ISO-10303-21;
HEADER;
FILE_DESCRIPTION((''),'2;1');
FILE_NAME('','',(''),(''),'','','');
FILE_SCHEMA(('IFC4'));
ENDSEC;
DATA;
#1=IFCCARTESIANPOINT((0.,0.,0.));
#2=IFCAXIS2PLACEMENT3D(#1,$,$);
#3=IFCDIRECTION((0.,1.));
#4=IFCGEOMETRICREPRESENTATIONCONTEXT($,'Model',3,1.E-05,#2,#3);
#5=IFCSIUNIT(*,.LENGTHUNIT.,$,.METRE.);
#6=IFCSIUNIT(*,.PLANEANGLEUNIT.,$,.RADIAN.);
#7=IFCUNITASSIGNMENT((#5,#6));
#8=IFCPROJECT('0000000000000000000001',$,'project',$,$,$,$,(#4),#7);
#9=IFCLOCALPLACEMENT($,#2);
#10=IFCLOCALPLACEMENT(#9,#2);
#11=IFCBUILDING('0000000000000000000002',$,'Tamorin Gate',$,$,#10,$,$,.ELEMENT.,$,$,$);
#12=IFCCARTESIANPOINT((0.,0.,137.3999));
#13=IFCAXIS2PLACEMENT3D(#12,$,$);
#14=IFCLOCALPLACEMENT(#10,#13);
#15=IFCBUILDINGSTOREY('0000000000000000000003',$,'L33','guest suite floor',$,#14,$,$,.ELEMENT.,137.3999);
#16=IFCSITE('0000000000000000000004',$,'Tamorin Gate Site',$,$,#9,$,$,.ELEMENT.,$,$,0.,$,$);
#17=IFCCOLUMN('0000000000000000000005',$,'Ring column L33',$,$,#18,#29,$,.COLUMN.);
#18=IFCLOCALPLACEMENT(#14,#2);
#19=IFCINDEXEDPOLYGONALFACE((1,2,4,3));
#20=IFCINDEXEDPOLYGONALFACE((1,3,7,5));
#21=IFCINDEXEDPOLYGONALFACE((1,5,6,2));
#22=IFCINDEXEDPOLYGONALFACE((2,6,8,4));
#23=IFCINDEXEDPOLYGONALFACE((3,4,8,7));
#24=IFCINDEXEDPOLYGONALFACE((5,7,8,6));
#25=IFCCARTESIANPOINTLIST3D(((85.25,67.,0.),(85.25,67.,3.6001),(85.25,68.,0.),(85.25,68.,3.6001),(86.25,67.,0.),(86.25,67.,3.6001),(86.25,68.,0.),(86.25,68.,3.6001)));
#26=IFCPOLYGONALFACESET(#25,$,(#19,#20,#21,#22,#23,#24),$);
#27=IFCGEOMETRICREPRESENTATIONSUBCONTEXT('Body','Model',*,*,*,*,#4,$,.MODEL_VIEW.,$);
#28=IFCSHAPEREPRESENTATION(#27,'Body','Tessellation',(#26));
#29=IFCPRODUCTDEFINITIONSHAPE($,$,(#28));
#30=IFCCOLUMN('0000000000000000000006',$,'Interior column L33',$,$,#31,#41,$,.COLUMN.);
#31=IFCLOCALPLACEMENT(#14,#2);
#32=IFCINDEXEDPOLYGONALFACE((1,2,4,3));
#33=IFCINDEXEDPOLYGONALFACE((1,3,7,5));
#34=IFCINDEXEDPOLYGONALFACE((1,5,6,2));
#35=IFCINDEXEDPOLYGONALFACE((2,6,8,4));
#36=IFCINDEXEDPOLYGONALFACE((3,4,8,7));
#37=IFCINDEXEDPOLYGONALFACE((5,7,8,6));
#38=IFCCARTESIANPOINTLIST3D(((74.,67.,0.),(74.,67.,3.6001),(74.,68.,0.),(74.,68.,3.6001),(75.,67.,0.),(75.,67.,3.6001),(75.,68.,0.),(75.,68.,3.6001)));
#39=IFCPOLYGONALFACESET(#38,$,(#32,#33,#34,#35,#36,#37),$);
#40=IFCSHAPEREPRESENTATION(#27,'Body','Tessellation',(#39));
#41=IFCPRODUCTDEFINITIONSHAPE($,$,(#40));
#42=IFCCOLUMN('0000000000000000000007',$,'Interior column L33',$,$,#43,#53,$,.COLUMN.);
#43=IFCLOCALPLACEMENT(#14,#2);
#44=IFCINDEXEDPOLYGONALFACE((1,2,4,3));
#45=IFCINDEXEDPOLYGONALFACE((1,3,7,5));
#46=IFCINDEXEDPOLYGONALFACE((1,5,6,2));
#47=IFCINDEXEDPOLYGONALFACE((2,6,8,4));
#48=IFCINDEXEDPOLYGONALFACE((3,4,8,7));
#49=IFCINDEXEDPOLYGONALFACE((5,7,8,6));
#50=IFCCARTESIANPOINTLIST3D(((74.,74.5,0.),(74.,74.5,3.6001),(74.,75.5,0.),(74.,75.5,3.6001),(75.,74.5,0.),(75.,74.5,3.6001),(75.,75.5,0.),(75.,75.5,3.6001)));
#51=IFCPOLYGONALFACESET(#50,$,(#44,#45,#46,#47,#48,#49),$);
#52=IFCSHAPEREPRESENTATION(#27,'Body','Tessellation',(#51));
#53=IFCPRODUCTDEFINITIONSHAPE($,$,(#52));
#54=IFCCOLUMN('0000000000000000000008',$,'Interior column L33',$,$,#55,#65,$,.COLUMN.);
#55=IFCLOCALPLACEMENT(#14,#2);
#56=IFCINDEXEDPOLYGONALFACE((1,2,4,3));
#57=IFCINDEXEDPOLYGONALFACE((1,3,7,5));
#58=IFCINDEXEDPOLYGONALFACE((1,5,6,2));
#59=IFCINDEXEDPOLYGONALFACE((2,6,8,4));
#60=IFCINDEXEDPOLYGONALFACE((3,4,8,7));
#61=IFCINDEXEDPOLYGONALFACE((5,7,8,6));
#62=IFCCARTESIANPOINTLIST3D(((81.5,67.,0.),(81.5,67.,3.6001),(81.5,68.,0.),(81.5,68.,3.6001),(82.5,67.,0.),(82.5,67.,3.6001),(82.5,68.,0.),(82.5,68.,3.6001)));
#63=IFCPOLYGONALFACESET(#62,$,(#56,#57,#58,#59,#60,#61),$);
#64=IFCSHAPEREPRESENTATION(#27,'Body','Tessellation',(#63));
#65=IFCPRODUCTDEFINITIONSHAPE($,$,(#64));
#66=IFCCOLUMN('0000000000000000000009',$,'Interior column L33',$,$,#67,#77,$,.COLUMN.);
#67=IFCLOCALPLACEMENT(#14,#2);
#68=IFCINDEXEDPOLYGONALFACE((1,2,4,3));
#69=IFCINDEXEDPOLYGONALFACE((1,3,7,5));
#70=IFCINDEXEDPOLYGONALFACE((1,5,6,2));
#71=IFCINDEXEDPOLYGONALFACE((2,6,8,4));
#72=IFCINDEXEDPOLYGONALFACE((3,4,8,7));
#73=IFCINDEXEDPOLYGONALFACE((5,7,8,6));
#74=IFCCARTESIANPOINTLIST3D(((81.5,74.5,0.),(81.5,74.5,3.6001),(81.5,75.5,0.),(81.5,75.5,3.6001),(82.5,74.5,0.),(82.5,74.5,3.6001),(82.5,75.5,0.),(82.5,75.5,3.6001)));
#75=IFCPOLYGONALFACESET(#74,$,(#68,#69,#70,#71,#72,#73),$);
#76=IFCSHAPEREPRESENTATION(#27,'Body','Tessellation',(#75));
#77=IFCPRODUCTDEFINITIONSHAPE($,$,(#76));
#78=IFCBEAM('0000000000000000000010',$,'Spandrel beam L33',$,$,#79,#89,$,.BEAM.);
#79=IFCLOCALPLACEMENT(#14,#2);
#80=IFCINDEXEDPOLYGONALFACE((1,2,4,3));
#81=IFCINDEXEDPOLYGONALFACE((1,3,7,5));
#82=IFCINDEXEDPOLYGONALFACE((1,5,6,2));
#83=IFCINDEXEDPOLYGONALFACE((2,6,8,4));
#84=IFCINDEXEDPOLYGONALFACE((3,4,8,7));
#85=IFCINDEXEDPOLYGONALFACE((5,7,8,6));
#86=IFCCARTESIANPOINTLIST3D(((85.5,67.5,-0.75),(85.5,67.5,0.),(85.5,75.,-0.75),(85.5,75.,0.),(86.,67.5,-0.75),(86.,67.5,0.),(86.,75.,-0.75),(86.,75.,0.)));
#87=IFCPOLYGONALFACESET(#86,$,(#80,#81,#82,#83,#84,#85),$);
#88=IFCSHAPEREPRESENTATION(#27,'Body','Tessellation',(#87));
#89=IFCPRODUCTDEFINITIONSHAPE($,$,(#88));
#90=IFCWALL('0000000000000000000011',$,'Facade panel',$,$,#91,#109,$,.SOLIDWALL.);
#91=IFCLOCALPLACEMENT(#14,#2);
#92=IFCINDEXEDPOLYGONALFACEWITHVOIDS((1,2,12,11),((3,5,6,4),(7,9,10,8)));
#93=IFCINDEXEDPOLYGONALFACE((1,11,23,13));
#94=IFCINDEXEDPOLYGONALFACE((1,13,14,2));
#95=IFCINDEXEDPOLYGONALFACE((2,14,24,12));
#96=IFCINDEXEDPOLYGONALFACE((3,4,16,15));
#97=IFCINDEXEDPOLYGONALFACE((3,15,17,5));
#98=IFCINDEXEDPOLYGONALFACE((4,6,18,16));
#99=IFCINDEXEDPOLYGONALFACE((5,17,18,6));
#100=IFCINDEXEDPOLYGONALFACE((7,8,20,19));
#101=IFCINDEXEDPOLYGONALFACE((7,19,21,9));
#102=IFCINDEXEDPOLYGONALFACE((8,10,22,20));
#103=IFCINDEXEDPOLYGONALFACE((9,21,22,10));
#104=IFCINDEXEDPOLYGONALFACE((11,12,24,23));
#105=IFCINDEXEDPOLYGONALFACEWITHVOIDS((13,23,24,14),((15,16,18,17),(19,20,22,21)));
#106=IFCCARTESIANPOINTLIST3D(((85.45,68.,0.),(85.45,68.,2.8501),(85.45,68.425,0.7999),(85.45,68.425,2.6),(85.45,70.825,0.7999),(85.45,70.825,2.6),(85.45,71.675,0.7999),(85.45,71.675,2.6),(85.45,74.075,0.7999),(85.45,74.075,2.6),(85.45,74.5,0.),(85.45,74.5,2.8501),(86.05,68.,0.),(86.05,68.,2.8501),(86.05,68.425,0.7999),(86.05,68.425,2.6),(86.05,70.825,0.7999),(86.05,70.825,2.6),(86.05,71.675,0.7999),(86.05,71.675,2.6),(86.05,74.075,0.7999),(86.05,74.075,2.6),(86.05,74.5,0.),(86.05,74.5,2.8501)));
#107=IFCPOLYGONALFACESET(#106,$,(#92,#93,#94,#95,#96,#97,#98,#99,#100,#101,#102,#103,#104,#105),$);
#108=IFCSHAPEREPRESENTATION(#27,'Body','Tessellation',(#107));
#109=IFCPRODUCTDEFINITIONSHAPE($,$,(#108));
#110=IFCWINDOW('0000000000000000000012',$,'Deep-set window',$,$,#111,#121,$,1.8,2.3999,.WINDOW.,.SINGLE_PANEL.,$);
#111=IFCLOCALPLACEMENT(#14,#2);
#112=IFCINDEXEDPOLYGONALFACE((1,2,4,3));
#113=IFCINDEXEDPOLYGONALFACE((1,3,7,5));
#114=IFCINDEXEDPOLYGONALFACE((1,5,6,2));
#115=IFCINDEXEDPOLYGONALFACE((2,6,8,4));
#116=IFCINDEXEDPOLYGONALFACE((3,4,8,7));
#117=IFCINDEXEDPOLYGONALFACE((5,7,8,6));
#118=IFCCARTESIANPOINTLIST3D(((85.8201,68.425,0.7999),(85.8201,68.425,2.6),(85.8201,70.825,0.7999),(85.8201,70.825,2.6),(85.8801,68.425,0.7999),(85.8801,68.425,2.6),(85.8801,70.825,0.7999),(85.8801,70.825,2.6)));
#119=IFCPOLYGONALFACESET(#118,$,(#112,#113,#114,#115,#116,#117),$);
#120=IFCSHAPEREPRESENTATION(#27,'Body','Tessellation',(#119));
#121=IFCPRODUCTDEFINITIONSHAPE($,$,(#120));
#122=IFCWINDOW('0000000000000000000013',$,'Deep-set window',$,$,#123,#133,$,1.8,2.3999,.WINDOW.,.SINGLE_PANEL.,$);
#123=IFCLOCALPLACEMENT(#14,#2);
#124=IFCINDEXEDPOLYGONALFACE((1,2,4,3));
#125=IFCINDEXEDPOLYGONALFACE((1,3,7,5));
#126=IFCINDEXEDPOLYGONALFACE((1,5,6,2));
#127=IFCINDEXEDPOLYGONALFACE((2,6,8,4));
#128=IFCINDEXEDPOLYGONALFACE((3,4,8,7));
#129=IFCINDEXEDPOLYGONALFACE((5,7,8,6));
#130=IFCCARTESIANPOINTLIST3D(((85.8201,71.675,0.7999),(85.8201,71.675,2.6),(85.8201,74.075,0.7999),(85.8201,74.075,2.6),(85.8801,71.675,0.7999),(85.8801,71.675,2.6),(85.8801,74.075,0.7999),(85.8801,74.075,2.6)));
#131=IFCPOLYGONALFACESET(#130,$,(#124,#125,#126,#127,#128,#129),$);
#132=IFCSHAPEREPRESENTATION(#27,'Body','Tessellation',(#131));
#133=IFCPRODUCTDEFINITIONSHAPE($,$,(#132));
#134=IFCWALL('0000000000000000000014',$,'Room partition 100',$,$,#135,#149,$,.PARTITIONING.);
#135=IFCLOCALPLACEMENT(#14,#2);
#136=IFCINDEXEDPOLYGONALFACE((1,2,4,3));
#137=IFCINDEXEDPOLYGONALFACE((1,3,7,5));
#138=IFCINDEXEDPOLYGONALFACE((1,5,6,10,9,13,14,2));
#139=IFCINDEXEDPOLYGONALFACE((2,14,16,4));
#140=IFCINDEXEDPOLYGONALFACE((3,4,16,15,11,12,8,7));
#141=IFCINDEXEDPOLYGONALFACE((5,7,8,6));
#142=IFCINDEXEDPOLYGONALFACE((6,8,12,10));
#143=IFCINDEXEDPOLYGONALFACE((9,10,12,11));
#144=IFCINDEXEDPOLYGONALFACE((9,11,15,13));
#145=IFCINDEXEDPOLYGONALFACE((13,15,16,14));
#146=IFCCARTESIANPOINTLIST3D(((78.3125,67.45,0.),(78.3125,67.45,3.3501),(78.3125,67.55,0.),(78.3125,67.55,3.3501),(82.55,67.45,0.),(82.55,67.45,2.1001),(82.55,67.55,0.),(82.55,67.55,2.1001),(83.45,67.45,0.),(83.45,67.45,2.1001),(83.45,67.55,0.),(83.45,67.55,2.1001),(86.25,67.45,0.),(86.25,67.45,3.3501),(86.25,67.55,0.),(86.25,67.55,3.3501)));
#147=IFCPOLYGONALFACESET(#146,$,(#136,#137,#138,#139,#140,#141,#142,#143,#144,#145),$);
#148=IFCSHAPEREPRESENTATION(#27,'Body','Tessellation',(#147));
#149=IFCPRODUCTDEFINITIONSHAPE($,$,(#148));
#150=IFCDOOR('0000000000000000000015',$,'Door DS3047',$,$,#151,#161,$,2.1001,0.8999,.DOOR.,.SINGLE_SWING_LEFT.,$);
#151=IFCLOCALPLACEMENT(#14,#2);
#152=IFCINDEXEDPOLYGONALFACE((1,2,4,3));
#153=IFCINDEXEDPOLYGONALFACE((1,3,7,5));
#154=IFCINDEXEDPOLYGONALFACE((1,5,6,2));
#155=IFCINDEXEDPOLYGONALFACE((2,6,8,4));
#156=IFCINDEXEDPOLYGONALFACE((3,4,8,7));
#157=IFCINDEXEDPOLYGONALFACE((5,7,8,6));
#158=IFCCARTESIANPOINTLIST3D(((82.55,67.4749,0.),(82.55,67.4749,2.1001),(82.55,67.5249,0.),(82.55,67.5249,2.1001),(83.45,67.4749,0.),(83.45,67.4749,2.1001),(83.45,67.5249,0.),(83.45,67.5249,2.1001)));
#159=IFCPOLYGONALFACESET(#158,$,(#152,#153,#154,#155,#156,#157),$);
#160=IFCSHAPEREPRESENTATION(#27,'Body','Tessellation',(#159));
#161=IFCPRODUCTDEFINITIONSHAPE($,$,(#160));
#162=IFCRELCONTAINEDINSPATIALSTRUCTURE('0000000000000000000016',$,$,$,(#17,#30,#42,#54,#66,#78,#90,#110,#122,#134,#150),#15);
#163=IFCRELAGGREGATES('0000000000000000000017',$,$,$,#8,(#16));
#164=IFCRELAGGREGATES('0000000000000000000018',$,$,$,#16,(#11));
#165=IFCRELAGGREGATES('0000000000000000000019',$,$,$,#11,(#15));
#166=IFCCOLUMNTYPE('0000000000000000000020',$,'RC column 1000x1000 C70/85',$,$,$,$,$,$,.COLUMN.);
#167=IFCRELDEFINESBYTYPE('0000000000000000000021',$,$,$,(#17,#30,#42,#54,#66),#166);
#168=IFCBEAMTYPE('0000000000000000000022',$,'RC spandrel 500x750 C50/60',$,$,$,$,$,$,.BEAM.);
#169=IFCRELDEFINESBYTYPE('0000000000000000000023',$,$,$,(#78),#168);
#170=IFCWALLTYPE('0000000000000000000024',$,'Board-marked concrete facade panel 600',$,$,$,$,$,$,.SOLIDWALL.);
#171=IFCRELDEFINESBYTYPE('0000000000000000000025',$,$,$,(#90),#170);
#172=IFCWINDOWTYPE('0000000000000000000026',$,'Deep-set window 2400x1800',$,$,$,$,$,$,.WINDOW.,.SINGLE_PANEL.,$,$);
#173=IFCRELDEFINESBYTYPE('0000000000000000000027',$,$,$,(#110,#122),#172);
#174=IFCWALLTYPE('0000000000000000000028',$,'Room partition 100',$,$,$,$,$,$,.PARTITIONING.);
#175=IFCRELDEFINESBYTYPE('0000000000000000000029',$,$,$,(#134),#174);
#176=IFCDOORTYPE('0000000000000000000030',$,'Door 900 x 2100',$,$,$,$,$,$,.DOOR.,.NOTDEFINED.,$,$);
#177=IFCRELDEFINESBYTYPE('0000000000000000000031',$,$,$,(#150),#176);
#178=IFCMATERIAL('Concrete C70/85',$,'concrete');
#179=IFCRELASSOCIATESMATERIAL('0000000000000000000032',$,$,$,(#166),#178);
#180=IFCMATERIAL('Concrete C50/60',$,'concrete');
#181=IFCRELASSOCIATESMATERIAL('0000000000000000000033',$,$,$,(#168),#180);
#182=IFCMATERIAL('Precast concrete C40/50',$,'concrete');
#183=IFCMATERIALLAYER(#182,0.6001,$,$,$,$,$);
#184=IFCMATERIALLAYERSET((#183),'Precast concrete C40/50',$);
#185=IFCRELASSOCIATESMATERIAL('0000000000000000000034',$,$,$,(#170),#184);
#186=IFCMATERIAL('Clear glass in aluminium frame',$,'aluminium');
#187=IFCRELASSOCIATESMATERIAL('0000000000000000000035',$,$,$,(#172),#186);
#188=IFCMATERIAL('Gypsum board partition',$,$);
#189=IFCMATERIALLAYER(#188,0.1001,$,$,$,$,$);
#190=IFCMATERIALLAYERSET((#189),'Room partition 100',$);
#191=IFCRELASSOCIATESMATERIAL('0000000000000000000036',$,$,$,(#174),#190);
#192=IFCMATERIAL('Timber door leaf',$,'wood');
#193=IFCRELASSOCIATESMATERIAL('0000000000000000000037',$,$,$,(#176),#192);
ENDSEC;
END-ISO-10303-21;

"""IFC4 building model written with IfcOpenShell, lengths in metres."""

from ifc_helpers import new_model, si_unit, direction, frame, frame_2d, origin, origin_2d, place, context, subcontext, project, spatial, rectangle, extrude, material, layer, layer_set, material_profile, profile_set, type_object, element, fill, save


model = new_model("IFC4")

# Units and contexts
model_context = context("Model", 3, precision=1e-05, world=origin(), true_north=direction((0.0, 1.0)))
body_context = subcontext(model_context, "Body", "Model", "MODEL_VIEW")
ifc_project = project(units=[si_unit("LENGTHUNIT", "METRE"), si_unit("PLANEANGLEUNIT", "RADIAN")], contexts=[model_context])

# Site, building, storey
site_placement = place(None, origin())
site = spatial("IfcSite", under=ifc_project, at=site_placement, Name="Tamorin Gate Site", CompositionType="ELEMENT", RefElevation=0.0)
building_placement = place(site_placement, origin())
building = spatial("IfcBuilding", under=site, at=building_placement, Name="Tamorin Gate", CompositionType="ELEMENT")
storey_placement = place(building_placement, frame((0.0, 0.0, 137.3999)))
storey = spatial("IfcBuildingStorey", under=building, at=storey_placement, Name="L33", Description="guest suite floor", CompositionType="ELEMENT", Elevation=137.3999)

# Columns
ifc_material_1 = material(Name="Concrete C70/85", Category="concrete")
ifc_material_profile_1 = material_profile(ifc_material_1, rectangle(XDim=1.0, YDim=1.0, at=origin_2d()), Name="RC 1000x1000")
ifc_profile_set_1 = profile_set([ifc_material_profile_1], Name="Concrete C70/85")
column_type = type_object("IfcColumnType", Name="RC column 1000x1000 C70/85", PredefinedType="COLUMN", material=ifc_profile_set_1)
for number, where, z_axis, x_axis, name in (
    (1, (85.75, 67.5, 0.0), (0.0, 0.0, 1.0), (1.0, 0.0, 0.0), "Ring column L33"),
    (2, (74.5, 67.5, 0.0), (0.0, 0.0, 1.0), (1.0, 0.0, 0.0), "Interior column L33"),
    (3, (74.5, 75.0, 0.0), (0.0, 0.0, 1.0), (1.0, 0.0, 0.0), "Interior column L33"),
    (4, (82.0, 67.5, 0.0), (0.0, 0.0, 1.0), (1.0, 0.0, 0.0), "Interior column L33"),
    (5, (82.0, 75.0, 0.0), (0.0, 0.0, 1.0), (1.0, 0.0, 0.0), "Interior column L33"),
):
    element("IfcColumn", number, at=place(storey_placement, frame(where, z_axis=z_axis, x_axis=x_axis)), inside=storey, type_object=column_type, Name=name, PredefinedType="COLUMN", context=body_context, shape_type="SweptSolid", body=[
        extrude(rectangle(XDim=1.0, YDim=1.0, at=origin_2d()), origin(), (0.0, 0.0, 1.0), 3.6001),
    ])

# Beam
ifc_material_2 = material(Name="Concrete C50/60", Category="concrete")
ifc_material_profile_2 = material_profile(ifc_material_2, rectangle(XDim=0.5, YDim=0.75, at=origin_2d()), Name="RC 500x750")
ifc_profile_set_2 = profile_set([ifc_material_profile_2], Name="Concrete C50/60")
beam_type = type_object("IfcBeamType", Name="RC spandrel 500x750 C50/60", PredefinedType="BEAM", material=ifc_profile_set_2)
beam_placement = place(storey_placement, frame((85.75, 67.5, -0.375), z_axis=(0.0, 1.0, 0.0), x_axis=(-1.0, 0.0, 0.0)))
element("IfcBeam", 6, at=beam_placement, inside=storey, type_object=beam_type, Name="Spandrel beam L33", PredefinedType="BEAM", context=body_context, shape_type="SweptSolid", body=[
    extrude(rectangle(XDim=0.5, YDim=0.75, at=origin_2d()), origin(), (0.0, 0.0, 1.0), 7.5),
])

# Wall, openings, windows
ifc_material_3 = material(Name="Precast concrete C40/50", Category="concrete")
ifc_layer_1 = layer(ifc_material_3, 0.6001)
ifc_layer_set_1 = layer_set([ifc_layer_1], Name="Precast concrete C40/50")
wall_type_1 = type_object("IfcWallType", Name="Board-marked concrete facade panel 600", PredefinedType="SOLIDWALL", material=ifc_layer_set_1)
wall_1_placement = place(storey_placement, frame((85.75, 68.0, 0.0), z_axis=(0.0, 0.0, 1.0), x_axis=(0.0, 1.0, 0.0)))
wall_1 = element("IfcWall", 7, at=wall_1_placement, inside=storey, type_object=wall_type_1, Name="Facade panel", PredefinedType="SOLIDWALL", context=body_context, shape_type="SweptSolid", body=[
    extrude(rectangle(XDim=6.5, YDim=0.6001, at=frame_2d((3.25, 0.0))), origin(), (0.0, 0.0, 1.0), 2.8501),
])
opening_1_placement = place(wall_1_placement, frame((0.425, 0.0, 0.8)))
opening_1 = element("IfcOpeningElement", 8, at=opening_1_placement, cuts=wall_1, PredefinedType="OPENING", context=body_context, shape_type="SweptSolid", body=[
    extrude(rectangle(XDim=2.3999, YDim=1.8, at=frame_2d((1.2, 0.8999))), frame((0.0, 0.3101, 0.0), z_axis=(0.0, -1.0, 0.0), x_axis=(1.0, 0.0, 0.0)), (0.0, 0.0, 1.0), 0.6201),
])
opening_2_placement = place(wall_1_placement, frame((3.675, 0.0, 0.8)))
opening_2 = element("IfcOpeningElement", 9, at=opening_2_placement, cuts=wall_1, PredefinedType="OPENING", context=body_context, shape_type="SweptSolid", body=[
    extrude(rectangle(XDim=2.3999, YDim=1.8, at=frame_2d((1.2, 0.8999))), frame((0.0, 0.3101, 0.0), z_axis=(0.0, -1.0, 0.0), x_axis=(1.0, 0.0, 0.0)), (0.0, 0.0, 1.0), 0.6201),
])
ifc_material_4 = material(Name="Clear glass in aluminium frame", Category="aluminium")
window_type = type_object("IfcWindowType", Name="Deep-set window 2400x1800", PartitioningType="SINGLE_PANEL", PredefinedType="WINDOW", material=ifc_material_4)
window_1_placement = place(opening_1_placement, origin())
window_1 = element("IfcWindow", 10, at=window_1_placement, inside=storey, type_object=window_type, Name="Deep-set window", OverallHeight=1.8, OverallWidth=2.3999, PartitioningType="SINGLE_PANEL", PredefinedType="WINDOW", context=body_context, shape_type="SweptSolid", body=[
    extrude(rectangle(XDim=2.3999, YDim=1.8, at=frame_2d((1.2, 0.8999))), frame((0.0, -0.0701, 0.0), z_axis=(0.0, -1.0, 0.0), x_axis=(1.0, 0.0, 0.0)), (0.0, 0.0, 1.0), 0.0601),
])
fill(opening_1, window_1)
window_2_placement = place(opening_2_placement, origin())
window_2 = element("IfcWindow", 11, at=window_2_placement, inside=storey, type_object=window_type, Name="Deep-set window", OverallHeight=1.8, OverallWidth=2.3999, PartitioningType="SINGLE_PANEL", PredefinedType="WINDOW", context=body_context, shape_type="SweptSolid", body=[
    extrude(rectangle(XDim=2.3999, YDim=1.8, at=frame_2d((1.2, 0.8999))), frame((0.0, -0.0701, 0.0), z_axis=(0.0, -1.0, 0.0), x_axis=(1.0, 0.0, 0.0)), (0.0, 0.0, 1.0), 0.0601),
])
fill(opening_2, window_2)

# Wall, opening, door
ifc_material_5 = material(Name="Gypsum board partition")
ifc_layer_2 = layer(ifc_material_5, 0.1001)
ifc_layer_set_2 = layer_set([ifc_layer_2], Name="Room partition 100")
wall_type_2 = type_object("IfcWallType", Name="Room partition 100", PredefinedType="PARTITIONING", material=ifc_layer_set_2)
wall_2_placement = place(storey_placement, frame((78.3125, 67.5, 0.0), z_axis=(0.0, 0.0, 1.0), x_axis=(1.0, 0.0, 0.0)))
wall_2 = element("IfcWall", 12, at=wall_2_placement, inside=storey, type_object=wall_type_2, Name="Room partition 100", PredefinedType="PARTITIONING", context=body_context, shape_type="SweptSolid", body=[
    extrude(rectangle(XDim=7.9375, YDim=0.1001, at=frame_2d((3.9688, 0.0))), origin(), (0.0, 0.0, 1.0), 3.3501),
])
opening_3_placement = place(wall_2_placement, frame((4.2375, 0.0, 0.0)))
opening_3 = element("IfcOpeningElement", 13, at=opening_3_placement, cuts=wall_2, PredefinedType="OPENING", context=body_context, shape_type="SweptSolid", body=[
    extrude(rectangle(XDim=0.8999, YDim=2.1001, at=frame_2d((0.45, 1.05))), frame((0.0, 0.0601, 0.0), z_axis=(0.0, -1.0, 0.0), x_axis=(1.0, 0.0, 0.0)), (0.0, 0.0, 1.0), 0.1201),
])
ifc_material_6 = material(Name="Timber door leaf", Category="wood")
door_type = type_object("IfcDoorType", Name="Door 900 x 2100", OperationType="NOTDEFINED", PredefinedType="DOOR", material=ifc_material_6)
door_1_placement = place(opening_3_placement, origin())
door_1 = element("IfcDoor", 14, at=door_1_placement, inside=storey, type_object=door_type, Name="Door DS3047", OperationType="SINGLE_SWING_LEFT", OverallHeight=2.1001, OverallWidth=0.8999, PredefinedType="DOOR", context=body_context, shape_type="SweptSolid", body=[
    extrude(rectangle(XDim=0.8999, YDim=2.1001, at=frame_2d((0.45, 1.05))), frame((0.0, 0.0249, 0.0), z_axis=(0.0, -1.0, 0.0), x_axis=(1.0, 0.0, 0.0)), (0.0, 0.0, 1.0), 0.05),
])
fill(opening_3, door_1)

save(model, "model.ifc")
